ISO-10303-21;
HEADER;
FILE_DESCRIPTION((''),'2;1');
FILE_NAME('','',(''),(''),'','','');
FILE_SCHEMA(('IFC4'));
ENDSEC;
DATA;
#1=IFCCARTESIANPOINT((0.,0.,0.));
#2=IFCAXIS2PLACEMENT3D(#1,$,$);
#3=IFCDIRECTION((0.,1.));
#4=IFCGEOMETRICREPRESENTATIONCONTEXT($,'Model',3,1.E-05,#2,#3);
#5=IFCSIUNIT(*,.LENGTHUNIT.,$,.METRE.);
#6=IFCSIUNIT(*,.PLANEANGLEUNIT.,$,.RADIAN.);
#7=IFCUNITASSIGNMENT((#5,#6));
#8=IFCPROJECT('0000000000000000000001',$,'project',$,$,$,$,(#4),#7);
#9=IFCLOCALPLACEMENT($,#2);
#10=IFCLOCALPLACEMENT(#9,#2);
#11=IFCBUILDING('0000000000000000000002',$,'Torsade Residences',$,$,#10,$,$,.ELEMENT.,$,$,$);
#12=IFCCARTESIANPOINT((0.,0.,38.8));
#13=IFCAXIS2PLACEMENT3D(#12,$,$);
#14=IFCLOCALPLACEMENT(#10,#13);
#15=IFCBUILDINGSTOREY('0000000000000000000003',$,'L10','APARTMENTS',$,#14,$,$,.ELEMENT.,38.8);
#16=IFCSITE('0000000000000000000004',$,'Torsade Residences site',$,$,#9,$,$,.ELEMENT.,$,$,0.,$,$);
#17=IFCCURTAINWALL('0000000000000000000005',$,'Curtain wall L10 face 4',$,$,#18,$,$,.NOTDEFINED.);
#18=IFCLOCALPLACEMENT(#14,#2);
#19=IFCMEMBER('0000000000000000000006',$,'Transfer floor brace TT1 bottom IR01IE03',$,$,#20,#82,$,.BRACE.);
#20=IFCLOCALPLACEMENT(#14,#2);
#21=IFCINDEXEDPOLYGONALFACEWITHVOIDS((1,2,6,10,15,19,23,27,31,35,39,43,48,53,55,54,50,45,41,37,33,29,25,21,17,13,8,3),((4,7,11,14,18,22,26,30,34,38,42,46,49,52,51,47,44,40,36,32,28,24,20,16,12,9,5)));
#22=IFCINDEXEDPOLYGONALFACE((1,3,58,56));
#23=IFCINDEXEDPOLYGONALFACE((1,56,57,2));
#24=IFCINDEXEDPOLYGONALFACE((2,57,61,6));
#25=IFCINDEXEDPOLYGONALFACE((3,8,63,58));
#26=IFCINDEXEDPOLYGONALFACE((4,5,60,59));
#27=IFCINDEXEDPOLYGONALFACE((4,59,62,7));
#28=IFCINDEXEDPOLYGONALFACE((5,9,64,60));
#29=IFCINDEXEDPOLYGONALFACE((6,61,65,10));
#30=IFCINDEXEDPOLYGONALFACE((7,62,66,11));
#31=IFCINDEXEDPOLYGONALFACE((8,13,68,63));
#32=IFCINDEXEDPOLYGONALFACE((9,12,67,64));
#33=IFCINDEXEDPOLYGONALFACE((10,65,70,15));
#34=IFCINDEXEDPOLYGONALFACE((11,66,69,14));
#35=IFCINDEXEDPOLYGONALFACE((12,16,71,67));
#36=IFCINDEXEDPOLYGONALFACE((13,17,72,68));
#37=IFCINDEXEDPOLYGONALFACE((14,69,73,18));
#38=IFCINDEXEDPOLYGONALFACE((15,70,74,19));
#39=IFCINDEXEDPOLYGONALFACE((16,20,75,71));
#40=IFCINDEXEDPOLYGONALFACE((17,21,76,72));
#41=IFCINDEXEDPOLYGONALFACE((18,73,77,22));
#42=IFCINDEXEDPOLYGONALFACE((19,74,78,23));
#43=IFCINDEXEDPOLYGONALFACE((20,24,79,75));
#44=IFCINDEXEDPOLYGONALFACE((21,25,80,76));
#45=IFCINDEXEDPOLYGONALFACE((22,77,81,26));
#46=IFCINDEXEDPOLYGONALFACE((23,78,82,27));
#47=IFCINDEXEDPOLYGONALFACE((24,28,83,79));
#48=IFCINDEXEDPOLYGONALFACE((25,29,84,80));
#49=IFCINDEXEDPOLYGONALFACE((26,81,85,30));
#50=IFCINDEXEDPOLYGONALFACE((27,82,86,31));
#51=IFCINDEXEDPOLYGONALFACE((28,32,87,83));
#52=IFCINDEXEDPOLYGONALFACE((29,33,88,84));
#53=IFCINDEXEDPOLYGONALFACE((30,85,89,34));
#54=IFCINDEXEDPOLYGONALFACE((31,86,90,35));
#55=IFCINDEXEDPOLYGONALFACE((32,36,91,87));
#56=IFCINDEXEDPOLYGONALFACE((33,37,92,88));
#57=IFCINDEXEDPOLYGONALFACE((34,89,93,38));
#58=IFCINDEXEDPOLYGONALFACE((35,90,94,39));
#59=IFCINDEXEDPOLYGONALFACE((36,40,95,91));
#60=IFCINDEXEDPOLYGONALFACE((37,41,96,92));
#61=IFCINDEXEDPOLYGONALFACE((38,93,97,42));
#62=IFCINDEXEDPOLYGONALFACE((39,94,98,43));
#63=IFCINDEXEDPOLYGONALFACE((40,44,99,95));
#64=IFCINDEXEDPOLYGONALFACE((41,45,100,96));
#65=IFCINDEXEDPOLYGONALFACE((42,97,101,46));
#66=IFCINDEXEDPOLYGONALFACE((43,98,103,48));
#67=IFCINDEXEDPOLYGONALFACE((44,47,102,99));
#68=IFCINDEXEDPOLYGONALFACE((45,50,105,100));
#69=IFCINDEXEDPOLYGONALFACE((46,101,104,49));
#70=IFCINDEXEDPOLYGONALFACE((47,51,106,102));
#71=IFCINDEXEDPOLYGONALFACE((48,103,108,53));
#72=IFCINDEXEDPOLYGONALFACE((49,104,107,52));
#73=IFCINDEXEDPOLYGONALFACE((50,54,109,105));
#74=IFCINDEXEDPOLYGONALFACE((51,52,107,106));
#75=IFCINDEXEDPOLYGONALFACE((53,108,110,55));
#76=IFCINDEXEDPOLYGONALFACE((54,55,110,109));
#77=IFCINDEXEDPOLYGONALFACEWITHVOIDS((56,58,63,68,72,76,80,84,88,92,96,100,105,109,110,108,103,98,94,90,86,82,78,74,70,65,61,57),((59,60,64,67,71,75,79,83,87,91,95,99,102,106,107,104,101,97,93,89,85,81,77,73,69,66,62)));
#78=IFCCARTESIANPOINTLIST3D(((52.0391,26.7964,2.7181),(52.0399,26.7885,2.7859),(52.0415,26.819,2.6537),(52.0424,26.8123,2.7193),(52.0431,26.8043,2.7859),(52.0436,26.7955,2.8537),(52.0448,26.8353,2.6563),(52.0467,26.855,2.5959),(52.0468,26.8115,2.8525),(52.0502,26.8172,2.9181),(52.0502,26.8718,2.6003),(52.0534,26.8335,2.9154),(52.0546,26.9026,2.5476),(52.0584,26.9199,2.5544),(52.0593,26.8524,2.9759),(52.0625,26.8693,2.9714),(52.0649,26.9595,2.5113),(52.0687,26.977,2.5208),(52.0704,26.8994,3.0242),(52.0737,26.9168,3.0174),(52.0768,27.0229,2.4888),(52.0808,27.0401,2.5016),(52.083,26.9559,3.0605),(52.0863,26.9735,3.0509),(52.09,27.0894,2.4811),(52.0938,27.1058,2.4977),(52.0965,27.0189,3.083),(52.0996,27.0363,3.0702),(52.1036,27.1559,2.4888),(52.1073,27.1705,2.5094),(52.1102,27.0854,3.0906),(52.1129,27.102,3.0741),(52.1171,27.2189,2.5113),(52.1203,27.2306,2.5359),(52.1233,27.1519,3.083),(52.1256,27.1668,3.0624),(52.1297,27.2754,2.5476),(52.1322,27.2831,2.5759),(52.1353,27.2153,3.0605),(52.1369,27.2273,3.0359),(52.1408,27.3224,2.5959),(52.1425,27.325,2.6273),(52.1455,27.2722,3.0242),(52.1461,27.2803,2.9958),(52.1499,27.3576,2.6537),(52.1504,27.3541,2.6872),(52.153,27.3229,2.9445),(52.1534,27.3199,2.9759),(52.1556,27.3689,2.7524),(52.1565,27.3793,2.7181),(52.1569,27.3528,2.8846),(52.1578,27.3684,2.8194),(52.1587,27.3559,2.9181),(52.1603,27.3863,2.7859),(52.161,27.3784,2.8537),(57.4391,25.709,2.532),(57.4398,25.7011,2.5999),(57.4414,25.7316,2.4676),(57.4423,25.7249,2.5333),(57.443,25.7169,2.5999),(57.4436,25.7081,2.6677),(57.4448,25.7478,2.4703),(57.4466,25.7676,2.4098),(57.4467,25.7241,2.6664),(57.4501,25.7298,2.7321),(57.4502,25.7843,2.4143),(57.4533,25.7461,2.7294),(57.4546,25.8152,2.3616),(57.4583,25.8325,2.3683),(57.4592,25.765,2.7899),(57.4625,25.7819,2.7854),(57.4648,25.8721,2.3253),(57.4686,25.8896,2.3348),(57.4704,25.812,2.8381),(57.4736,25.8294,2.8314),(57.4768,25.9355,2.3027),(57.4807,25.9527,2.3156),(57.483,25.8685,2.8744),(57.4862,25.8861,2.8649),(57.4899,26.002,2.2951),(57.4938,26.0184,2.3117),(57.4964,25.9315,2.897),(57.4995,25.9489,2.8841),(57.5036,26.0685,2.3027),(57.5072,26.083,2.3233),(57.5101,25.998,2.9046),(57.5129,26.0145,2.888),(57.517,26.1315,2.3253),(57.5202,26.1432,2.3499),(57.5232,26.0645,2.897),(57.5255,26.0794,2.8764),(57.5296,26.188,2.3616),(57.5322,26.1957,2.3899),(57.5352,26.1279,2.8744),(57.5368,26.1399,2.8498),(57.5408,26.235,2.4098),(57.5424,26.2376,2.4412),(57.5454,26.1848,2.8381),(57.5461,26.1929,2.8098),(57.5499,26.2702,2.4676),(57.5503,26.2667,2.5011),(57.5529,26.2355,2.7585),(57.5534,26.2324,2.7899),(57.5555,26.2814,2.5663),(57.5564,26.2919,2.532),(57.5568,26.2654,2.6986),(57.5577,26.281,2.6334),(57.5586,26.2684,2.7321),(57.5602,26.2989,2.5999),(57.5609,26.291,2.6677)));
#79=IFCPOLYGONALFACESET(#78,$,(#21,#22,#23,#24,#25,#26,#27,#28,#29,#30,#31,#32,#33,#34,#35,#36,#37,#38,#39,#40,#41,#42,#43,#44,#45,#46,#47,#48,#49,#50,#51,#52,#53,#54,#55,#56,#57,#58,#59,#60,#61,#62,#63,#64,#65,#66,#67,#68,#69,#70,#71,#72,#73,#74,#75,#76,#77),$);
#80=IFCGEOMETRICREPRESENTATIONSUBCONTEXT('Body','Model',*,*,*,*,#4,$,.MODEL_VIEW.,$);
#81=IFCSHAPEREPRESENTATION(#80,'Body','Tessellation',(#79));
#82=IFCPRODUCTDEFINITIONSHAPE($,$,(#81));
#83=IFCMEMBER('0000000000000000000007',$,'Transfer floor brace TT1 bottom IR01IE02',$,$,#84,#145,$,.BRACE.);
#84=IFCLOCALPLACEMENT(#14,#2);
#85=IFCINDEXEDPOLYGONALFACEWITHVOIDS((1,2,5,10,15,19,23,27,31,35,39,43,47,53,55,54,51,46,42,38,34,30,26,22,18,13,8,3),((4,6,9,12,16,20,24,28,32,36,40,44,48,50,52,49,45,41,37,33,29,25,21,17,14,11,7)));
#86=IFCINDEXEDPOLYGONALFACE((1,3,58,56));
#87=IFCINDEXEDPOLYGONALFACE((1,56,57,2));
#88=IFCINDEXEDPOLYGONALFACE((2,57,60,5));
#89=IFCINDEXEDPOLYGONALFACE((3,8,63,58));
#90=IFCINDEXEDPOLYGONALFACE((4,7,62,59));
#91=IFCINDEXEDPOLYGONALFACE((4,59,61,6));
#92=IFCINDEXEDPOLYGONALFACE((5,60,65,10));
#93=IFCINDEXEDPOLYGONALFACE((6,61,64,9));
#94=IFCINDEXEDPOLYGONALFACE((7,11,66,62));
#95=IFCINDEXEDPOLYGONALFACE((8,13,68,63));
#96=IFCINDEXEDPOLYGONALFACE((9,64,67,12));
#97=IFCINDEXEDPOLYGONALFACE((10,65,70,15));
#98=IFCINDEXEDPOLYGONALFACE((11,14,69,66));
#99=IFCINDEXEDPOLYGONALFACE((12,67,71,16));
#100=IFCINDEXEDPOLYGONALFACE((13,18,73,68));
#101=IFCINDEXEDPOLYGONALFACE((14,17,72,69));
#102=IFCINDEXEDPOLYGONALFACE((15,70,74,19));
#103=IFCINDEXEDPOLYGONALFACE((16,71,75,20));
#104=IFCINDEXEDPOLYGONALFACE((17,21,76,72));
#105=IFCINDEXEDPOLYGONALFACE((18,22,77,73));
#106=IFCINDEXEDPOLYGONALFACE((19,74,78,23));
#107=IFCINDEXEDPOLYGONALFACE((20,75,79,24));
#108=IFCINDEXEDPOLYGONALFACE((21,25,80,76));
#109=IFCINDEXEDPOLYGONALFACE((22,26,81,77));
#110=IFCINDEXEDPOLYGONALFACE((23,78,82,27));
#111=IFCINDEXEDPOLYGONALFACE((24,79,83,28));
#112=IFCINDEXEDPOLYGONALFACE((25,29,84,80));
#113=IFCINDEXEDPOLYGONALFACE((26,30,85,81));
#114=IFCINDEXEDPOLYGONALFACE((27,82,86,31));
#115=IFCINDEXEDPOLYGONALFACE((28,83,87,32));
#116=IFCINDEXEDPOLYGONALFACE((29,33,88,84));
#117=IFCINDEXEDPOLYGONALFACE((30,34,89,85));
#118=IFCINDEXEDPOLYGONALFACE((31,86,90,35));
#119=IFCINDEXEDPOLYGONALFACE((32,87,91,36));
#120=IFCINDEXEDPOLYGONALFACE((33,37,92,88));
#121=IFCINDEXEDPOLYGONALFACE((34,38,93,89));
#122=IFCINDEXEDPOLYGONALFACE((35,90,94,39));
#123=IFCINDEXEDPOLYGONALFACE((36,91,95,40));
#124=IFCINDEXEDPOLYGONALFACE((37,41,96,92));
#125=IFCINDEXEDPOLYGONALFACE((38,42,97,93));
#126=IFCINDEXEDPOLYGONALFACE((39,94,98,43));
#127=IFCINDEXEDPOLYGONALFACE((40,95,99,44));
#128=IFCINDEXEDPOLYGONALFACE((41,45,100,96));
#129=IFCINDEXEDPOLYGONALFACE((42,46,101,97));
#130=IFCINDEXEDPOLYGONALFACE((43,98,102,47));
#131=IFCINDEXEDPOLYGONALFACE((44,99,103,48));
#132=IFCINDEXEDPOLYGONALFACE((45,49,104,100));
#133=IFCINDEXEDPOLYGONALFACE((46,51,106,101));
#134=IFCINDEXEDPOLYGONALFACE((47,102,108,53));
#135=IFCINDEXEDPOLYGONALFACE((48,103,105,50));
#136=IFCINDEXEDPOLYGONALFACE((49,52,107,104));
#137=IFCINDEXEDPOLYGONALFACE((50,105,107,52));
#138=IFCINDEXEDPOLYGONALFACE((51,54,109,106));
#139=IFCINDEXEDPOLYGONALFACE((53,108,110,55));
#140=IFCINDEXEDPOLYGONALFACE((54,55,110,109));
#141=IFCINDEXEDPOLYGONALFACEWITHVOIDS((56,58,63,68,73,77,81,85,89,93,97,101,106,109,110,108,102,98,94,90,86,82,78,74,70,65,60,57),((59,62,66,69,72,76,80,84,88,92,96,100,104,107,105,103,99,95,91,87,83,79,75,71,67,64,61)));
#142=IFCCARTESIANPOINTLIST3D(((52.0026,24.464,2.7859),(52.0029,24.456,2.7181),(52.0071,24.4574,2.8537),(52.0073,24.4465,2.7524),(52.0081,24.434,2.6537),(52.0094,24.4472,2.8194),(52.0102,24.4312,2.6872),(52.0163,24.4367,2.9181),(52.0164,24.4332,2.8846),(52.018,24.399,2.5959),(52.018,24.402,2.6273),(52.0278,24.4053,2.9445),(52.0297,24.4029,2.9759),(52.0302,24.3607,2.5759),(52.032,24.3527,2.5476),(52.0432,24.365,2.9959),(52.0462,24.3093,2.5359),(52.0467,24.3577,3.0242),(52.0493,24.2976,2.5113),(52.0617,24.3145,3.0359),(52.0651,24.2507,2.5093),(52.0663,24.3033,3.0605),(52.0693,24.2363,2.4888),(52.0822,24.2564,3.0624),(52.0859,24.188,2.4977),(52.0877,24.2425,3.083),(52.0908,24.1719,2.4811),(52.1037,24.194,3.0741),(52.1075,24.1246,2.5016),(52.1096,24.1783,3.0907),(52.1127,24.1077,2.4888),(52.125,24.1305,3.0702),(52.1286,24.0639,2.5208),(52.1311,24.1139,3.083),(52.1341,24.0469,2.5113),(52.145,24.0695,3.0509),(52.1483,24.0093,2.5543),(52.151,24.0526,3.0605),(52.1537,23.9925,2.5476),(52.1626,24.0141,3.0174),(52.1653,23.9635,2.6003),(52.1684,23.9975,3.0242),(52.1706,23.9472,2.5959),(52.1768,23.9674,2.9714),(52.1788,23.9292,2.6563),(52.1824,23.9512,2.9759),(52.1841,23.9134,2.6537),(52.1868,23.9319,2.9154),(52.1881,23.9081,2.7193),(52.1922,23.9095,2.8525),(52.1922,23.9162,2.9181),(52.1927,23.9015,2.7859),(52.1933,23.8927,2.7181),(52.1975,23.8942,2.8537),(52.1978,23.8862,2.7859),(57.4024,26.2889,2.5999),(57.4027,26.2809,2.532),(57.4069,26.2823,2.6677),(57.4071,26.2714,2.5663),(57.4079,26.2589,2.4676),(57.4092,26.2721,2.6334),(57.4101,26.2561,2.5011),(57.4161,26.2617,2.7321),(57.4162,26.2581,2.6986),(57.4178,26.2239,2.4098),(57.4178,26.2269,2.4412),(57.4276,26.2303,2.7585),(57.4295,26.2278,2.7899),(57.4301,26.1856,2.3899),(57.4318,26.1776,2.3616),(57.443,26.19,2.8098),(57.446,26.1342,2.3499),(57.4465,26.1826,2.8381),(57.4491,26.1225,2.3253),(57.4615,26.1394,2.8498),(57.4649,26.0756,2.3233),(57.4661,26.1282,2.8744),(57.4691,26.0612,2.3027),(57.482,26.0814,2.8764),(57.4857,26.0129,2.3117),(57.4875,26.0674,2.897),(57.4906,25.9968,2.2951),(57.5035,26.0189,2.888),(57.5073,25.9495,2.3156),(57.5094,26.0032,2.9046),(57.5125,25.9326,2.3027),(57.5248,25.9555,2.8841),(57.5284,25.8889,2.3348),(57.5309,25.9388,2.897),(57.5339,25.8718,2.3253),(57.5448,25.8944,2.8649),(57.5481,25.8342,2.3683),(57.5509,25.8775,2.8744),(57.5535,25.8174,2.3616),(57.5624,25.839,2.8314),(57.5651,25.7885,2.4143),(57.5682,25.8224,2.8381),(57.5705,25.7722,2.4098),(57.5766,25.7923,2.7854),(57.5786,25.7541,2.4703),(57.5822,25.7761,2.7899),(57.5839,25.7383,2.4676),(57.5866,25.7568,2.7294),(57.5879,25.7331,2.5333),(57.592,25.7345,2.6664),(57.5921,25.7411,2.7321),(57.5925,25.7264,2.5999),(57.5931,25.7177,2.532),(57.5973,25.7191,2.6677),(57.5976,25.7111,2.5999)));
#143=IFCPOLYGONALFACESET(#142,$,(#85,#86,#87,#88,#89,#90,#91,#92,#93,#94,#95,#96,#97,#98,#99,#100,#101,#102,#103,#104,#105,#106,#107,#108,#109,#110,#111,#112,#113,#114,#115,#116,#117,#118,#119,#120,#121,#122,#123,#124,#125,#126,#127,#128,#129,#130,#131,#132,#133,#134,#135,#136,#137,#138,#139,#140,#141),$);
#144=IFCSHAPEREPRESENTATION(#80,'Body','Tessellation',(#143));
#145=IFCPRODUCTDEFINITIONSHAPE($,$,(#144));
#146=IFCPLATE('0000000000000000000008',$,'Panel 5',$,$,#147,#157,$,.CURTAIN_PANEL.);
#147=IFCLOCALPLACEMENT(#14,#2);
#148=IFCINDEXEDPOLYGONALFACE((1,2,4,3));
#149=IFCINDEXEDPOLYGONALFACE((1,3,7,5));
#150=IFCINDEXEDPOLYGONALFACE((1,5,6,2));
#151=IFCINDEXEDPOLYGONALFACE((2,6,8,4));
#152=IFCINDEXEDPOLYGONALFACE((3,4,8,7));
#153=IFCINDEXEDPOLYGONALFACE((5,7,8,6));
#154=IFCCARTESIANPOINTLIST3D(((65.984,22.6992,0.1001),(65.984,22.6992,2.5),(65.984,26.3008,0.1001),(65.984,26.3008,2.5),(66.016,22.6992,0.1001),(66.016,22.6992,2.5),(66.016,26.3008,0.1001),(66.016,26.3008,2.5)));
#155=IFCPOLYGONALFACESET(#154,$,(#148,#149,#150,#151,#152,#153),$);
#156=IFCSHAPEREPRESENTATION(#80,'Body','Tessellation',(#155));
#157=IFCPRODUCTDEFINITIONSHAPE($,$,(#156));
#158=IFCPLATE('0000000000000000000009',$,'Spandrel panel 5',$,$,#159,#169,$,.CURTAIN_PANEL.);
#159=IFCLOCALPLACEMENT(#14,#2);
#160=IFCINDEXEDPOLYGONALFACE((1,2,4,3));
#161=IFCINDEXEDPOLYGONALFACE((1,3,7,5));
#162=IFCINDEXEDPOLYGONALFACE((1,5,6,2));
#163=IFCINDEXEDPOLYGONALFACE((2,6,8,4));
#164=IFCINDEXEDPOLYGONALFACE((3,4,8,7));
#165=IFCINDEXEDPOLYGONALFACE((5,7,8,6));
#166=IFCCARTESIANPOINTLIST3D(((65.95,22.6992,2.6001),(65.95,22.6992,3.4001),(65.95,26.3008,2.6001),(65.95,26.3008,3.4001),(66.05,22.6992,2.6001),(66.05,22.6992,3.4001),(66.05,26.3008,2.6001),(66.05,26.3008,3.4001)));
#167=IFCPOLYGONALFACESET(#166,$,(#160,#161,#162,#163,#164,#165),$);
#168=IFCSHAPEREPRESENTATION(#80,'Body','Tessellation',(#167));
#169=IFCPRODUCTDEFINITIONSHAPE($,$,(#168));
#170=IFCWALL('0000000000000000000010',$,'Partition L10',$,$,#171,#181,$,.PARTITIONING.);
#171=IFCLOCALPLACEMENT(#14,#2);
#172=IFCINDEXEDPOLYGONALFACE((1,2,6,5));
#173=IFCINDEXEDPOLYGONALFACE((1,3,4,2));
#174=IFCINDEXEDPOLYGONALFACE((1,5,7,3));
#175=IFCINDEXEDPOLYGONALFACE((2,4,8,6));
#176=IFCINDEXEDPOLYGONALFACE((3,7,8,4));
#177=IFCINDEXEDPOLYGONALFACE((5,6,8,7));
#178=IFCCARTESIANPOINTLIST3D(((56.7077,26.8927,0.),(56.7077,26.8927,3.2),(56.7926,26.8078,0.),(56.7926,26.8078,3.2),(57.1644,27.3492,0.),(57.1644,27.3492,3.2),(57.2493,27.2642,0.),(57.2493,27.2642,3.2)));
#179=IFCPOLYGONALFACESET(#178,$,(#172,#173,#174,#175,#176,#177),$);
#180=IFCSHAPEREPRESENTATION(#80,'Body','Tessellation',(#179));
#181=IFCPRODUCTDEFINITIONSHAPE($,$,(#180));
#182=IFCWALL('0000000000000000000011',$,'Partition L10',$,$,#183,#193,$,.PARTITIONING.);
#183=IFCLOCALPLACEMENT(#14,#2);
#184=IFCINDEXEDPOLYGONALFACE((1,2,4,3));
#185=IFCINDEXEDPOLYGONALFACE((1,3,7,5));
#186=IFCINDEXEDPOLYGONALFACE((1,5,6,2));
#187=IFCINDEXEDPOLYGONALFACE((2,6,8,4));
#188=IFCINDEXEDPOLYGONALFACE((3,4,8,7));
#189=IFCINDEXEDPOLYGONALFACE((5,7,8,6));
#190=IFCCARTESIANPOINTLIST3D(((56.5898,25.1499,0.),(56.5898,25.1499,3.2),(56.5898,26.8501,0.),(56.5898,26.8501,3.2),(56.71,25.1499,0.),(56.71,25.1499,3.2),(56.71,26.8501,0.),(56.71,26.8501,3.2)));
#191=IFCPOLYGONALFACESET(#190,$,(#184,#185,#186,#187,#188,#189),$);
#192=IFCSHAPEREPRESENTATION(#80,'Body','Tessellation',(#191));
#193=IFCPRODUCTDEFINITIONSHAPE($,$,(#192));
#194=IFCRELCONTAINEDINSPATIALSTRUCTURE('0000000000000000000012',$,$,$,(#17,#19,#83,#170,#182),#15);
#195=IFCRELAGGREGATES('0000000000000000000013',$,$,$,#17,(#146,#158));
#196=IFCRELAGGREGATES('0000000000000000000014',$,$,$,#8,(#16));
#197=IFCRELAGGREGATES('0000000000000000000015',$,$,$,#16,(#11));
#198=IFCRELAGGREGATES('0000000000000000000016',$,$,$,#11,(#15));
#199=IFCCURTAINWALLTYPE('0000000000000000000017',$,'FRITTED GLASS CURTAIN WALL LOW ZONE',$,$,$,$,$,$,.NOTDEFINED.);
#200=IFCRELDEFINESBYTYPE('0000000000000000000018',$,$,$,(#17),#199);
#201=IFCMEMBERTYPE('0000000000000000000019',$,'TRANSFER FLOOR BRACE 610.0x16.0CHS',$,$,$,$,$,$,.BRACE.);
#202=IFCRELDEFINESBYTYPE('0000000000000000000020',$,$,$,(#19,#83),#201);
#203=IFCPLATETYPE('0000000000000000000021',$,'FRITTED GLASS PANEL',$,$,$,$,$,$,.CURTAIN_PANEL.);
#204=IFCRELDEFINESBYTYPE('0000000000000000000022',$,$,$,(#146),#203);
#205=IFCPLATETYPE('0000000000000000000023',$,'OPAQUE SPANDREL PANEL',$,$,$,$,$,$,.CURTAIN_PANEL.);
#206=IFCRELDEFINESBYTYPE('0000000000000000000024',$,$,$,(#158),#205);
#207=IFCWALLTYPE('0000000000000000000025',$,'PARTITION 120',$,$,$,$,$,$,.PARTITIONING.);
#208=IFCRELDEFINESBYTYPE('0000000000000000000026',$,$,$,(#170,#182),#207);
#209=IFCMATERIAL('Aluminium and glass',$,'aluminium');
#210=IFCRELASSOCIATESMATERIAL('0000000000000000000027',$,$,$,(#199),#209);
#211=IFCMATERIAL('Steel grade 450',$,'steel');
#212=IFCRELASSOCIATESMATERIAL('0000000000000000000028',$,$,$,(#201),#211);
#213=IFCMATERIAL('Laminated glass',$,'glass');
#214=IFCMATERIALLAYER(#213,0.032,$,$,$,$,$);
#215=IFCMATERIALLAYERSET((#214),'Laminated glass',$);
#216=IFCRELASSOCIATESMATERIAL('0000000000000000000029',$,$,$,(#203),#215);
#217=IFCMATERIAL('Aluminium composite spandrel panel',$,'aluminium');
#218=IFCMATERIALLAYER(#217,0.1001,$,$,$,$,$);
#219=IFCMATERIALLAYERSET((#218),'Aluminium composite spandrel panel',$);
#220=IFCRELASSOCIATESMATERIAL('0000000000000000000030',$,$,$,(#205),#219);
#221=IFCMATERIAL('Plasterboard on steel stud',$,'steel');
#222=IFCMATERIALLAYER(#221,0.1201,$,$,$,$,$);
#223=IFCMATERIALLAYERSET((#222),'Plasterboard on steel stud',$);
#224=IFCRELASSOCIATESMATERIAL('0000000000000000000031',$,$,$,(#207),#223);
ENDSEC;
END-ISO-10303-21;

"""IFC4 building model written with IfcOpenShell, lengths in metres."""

from ifc_helpers import new_model, si_unit, direction, frame, frame_2d, origin, origin_2d, place, context, subcontext, project, spatial, rectangle, hollow_circle, extrude, material, layer, layer_set, material_profile, profile_set, type_object, element, aggregate, save


model = new_model("IFC4")

# Units and contexts
model_context = context("Model", 3, precision=1e-05, world=origin(), true_north=direction((0.0, 1.0)))
body_context = subcontext(model_context, "Body", "Model", "MODEL_VIEW")
ifc_project = project(units=[si_unit("LENGTHUNIT", "METRE"), si_unit("PLANEANGLEUNIT", "RADIAN")], contexts=[model_context])

# Site, building, storey
site_placement = place(None, origin())
site = spatial("IfcSite", under=ifc_project, at=site_placement, Name="Torsade Residences site", CompositionType="ELEMENT", RefElevation=0.0)
building_placement = place(site_placement, origin())
building = spatial("IfcBuilding", under=site, at=building_placement, Name="Torsade Residences", CompositionType="ELEMENT")
storey_placement = place(building_placement, frame((0.0, 0.0, 38.8)))
storey = spatial("IfcBuildingStorey", under=building, at=storey_placement, Name="L10", Description="APARTMENTS", CompositionType="ELEMENT", Elevation=38.8)

# Curtain wall
ifc_material_1 = material(Name="Aluminium and glass", Category="aluminium")
curtain_wall_type = type_object("IfcCurtainWallType", Name="FRITTED GLASS CURTAIN WALL LOW ZONE", PredefinedType="NOTDEFINED", material=ifc_material_1)
curtain_wall_placement = place(storey_placement, origin())
curtain_wall = element("IfcCurtainWall", 1, at=curtain_wall_placement, inside=storey, type_object=curtain_wall_type, Name="Curtain wall L10 face 4", PredefinedType="NOTDEFINED")

# Members
ifc_material_2 = material(Name="Steel grade 450", Category="steel")
ifc_material_profile_1 = material_profile(ifc_material_2, hollow_circle(Radius=0.3049, WallThickness=0.0161, at=origin_2d()), Name="610.0x16.0CHS")
ifc_profile_set_1 = profile_set([ifc_material_profile_1], Name="Steel grade 450")
member_type_1 = type_object("IfcMemberType", Name="TRANSFER FLOOR BRACE 610.0x16.0CHS", PredefinedType="BRACE", material=ifc_profile_set_1)
member_1_placement = place(storey_placement, frame((57.5, 26.0, 2.5999), z_axis=(-0.979762, 0.197299, 0.033754), x_axis=(-0.197412, -0.980321, 0.0)))
element("IfcMember", 2, at=member_1_placement, inside=storey, type_object=member_type_1, Name="Transfer floor brace TT1 bottom IR01IE03", PredefinedType="BRACE", context=body_context, shape_type="SweptSolid", body=[
    extrude(hollow_circle(Radius=0.3049, WallThickness=0.0161, at=origin_2d()), origin(), (0.0, 0.0, 1.0), 5.5115),
])
member_2_placement = place(storey_placement, frame((57.5, 26.0, 2.5999), z_axis=(-0.946856, -0.319999, 0.032621), x_axis=(0.32017, -0.94736, 0.0)))
element("IfcMember", 3, at=member_2_placement, inside=storey, type_object=member_type_1, Name="Transfer floor brace TT1 bottom IR01IE02", PredefinedType="BRACE", context=body_context, shape_type="SweptSolid", body=[
    extrude(hollow_circle(Radius=0.3049, WallThickness=0.0161, at=origin_2d()), origin(), (0.0, 0.0, 1.0), 5.7029),
])

# Plates
ifc_material_3 = material(Name="Laminated glass", Category="glass")
ifc_layer_1 = layer(ifc_material_3, 0.032)
ifc_layer_set_1 = layer_set([ifc_layer_1], Name="Laminated glass")
plate_type_1 = type_object("IfcPlateType", Name="FRITTED GLASS PANEL", PredefinedType="CURTAIN_PANEL", material=ifc_layer_set_1)
plate_1_placement = place(storey_placement, frame((66.0, 24.5, 0.1001), z_axis=(0.0, 0.0, 1.0), x_axis=(0.0, 1.0, 0.0)))
plate_1 = element("IfcPlate", 4, at=plate_1_placement, type_object=plate_type_1, Name="Panel 5", PredefinedType="CURTAIN_PANEL", context=body_context, shape_type="SweptSolid", body=[
    extrude(rectangle(XDim=3.6016, YDim=0.032, at=origin_2d()), origin(), (0.0, 0.0, 1.0), 2.3999),
])
ifc_material_4 = material(Name="Aluminium composite spandrel panel", Category="aluminium")
ifc_layer_2 = layer(ifc_material_4, 0.1001)
ifc_layer_set_2 = layer_set([ifc_layer_2], Name="Aluminium composite spandrel panel")
plate_type_2 = type_object("IfcPlateType", Name="OPAQUE SPANDREL PANEL", PredefinedType="CURTAIN_PANEL", material=ifc_layer_set_2)
plate_2_placement = place(storey_placement, frame((66.0, 24.5, 2.6001), z_axis=(0.0, 0.0, 1.0), x_axis=(0.0, 1.0, 0.0)))
plate_2 = element("IfcPlate", 5, at=plate_2_placement, type_object=plate_type_2, Name="Spandrel panel 5", PredefinedType="CURTAIN_PANEL", context=body_context, shape_type="SweptSolid", body=[
    extrude(rectangle(XDim=3.6016, YDim=0.1001, at=origin_2d()), origin(), (0.0, 0.0, 1.0), 0.8),
])
aggregate(curtain_wall, [plate_1, plate_2])

# Walls
ifc_material_5 = material(Name="Plasterboard on steel stud", Category="steel")
ifc_layer_3 = layer(ifc_material_5, 0.1201)
ifc_layer_set_3 = layer_set([ifc_layer_3], Name="Plasterboard on steel stud")
wall_type = type_object("IfcWallType", Name="PARTITION 120", PredefinedType="PARTITIONING", material=ifc_layer_set_3)
wall_1_placement = place(storey_placement, frame((57.2068, 27.3066, 0.0), z_axis=(0.0, 0.0, 1.0), x_axis=(-0.707296, -0.706918, 0.0)))
element("IfcWall", 6, at=wall_1_placement, inside=storey, type_object=wall_type, Name="Partition L10", PredefinedType="PARTITIONING", context=body_context, shape_type="SweptSolid", body=[
    extrude(rectangle(XDim=0.6458, YDim=0.1201, at=frame_2d((0.3228, 0.0))), origin(), (0.0, 0.0, 1.0), 3.2),
])
wall_2_placement = place(storey_placement, frame((56.6499, 26.8501, 0.0), z_axis=(0.0, 0.0, 1.0), x_axis=(0.0, -1.0, 0.0)))
element("IfcWall", 7, at=wall_2_placement, inside=storey, type_object=wall_type, Name="Partition L10", PredefinedType="PARTITIONING", context=body_context, shape_type="SweptSolid", body=[
    extrude(rectangle(XDim=1.7002, YDim=0.1201, at=frame_2d((0.8501, 0.0))), origin(), (0.0, 0.0, 1.0), 3.2),
])

save(model, "model.ifc")
